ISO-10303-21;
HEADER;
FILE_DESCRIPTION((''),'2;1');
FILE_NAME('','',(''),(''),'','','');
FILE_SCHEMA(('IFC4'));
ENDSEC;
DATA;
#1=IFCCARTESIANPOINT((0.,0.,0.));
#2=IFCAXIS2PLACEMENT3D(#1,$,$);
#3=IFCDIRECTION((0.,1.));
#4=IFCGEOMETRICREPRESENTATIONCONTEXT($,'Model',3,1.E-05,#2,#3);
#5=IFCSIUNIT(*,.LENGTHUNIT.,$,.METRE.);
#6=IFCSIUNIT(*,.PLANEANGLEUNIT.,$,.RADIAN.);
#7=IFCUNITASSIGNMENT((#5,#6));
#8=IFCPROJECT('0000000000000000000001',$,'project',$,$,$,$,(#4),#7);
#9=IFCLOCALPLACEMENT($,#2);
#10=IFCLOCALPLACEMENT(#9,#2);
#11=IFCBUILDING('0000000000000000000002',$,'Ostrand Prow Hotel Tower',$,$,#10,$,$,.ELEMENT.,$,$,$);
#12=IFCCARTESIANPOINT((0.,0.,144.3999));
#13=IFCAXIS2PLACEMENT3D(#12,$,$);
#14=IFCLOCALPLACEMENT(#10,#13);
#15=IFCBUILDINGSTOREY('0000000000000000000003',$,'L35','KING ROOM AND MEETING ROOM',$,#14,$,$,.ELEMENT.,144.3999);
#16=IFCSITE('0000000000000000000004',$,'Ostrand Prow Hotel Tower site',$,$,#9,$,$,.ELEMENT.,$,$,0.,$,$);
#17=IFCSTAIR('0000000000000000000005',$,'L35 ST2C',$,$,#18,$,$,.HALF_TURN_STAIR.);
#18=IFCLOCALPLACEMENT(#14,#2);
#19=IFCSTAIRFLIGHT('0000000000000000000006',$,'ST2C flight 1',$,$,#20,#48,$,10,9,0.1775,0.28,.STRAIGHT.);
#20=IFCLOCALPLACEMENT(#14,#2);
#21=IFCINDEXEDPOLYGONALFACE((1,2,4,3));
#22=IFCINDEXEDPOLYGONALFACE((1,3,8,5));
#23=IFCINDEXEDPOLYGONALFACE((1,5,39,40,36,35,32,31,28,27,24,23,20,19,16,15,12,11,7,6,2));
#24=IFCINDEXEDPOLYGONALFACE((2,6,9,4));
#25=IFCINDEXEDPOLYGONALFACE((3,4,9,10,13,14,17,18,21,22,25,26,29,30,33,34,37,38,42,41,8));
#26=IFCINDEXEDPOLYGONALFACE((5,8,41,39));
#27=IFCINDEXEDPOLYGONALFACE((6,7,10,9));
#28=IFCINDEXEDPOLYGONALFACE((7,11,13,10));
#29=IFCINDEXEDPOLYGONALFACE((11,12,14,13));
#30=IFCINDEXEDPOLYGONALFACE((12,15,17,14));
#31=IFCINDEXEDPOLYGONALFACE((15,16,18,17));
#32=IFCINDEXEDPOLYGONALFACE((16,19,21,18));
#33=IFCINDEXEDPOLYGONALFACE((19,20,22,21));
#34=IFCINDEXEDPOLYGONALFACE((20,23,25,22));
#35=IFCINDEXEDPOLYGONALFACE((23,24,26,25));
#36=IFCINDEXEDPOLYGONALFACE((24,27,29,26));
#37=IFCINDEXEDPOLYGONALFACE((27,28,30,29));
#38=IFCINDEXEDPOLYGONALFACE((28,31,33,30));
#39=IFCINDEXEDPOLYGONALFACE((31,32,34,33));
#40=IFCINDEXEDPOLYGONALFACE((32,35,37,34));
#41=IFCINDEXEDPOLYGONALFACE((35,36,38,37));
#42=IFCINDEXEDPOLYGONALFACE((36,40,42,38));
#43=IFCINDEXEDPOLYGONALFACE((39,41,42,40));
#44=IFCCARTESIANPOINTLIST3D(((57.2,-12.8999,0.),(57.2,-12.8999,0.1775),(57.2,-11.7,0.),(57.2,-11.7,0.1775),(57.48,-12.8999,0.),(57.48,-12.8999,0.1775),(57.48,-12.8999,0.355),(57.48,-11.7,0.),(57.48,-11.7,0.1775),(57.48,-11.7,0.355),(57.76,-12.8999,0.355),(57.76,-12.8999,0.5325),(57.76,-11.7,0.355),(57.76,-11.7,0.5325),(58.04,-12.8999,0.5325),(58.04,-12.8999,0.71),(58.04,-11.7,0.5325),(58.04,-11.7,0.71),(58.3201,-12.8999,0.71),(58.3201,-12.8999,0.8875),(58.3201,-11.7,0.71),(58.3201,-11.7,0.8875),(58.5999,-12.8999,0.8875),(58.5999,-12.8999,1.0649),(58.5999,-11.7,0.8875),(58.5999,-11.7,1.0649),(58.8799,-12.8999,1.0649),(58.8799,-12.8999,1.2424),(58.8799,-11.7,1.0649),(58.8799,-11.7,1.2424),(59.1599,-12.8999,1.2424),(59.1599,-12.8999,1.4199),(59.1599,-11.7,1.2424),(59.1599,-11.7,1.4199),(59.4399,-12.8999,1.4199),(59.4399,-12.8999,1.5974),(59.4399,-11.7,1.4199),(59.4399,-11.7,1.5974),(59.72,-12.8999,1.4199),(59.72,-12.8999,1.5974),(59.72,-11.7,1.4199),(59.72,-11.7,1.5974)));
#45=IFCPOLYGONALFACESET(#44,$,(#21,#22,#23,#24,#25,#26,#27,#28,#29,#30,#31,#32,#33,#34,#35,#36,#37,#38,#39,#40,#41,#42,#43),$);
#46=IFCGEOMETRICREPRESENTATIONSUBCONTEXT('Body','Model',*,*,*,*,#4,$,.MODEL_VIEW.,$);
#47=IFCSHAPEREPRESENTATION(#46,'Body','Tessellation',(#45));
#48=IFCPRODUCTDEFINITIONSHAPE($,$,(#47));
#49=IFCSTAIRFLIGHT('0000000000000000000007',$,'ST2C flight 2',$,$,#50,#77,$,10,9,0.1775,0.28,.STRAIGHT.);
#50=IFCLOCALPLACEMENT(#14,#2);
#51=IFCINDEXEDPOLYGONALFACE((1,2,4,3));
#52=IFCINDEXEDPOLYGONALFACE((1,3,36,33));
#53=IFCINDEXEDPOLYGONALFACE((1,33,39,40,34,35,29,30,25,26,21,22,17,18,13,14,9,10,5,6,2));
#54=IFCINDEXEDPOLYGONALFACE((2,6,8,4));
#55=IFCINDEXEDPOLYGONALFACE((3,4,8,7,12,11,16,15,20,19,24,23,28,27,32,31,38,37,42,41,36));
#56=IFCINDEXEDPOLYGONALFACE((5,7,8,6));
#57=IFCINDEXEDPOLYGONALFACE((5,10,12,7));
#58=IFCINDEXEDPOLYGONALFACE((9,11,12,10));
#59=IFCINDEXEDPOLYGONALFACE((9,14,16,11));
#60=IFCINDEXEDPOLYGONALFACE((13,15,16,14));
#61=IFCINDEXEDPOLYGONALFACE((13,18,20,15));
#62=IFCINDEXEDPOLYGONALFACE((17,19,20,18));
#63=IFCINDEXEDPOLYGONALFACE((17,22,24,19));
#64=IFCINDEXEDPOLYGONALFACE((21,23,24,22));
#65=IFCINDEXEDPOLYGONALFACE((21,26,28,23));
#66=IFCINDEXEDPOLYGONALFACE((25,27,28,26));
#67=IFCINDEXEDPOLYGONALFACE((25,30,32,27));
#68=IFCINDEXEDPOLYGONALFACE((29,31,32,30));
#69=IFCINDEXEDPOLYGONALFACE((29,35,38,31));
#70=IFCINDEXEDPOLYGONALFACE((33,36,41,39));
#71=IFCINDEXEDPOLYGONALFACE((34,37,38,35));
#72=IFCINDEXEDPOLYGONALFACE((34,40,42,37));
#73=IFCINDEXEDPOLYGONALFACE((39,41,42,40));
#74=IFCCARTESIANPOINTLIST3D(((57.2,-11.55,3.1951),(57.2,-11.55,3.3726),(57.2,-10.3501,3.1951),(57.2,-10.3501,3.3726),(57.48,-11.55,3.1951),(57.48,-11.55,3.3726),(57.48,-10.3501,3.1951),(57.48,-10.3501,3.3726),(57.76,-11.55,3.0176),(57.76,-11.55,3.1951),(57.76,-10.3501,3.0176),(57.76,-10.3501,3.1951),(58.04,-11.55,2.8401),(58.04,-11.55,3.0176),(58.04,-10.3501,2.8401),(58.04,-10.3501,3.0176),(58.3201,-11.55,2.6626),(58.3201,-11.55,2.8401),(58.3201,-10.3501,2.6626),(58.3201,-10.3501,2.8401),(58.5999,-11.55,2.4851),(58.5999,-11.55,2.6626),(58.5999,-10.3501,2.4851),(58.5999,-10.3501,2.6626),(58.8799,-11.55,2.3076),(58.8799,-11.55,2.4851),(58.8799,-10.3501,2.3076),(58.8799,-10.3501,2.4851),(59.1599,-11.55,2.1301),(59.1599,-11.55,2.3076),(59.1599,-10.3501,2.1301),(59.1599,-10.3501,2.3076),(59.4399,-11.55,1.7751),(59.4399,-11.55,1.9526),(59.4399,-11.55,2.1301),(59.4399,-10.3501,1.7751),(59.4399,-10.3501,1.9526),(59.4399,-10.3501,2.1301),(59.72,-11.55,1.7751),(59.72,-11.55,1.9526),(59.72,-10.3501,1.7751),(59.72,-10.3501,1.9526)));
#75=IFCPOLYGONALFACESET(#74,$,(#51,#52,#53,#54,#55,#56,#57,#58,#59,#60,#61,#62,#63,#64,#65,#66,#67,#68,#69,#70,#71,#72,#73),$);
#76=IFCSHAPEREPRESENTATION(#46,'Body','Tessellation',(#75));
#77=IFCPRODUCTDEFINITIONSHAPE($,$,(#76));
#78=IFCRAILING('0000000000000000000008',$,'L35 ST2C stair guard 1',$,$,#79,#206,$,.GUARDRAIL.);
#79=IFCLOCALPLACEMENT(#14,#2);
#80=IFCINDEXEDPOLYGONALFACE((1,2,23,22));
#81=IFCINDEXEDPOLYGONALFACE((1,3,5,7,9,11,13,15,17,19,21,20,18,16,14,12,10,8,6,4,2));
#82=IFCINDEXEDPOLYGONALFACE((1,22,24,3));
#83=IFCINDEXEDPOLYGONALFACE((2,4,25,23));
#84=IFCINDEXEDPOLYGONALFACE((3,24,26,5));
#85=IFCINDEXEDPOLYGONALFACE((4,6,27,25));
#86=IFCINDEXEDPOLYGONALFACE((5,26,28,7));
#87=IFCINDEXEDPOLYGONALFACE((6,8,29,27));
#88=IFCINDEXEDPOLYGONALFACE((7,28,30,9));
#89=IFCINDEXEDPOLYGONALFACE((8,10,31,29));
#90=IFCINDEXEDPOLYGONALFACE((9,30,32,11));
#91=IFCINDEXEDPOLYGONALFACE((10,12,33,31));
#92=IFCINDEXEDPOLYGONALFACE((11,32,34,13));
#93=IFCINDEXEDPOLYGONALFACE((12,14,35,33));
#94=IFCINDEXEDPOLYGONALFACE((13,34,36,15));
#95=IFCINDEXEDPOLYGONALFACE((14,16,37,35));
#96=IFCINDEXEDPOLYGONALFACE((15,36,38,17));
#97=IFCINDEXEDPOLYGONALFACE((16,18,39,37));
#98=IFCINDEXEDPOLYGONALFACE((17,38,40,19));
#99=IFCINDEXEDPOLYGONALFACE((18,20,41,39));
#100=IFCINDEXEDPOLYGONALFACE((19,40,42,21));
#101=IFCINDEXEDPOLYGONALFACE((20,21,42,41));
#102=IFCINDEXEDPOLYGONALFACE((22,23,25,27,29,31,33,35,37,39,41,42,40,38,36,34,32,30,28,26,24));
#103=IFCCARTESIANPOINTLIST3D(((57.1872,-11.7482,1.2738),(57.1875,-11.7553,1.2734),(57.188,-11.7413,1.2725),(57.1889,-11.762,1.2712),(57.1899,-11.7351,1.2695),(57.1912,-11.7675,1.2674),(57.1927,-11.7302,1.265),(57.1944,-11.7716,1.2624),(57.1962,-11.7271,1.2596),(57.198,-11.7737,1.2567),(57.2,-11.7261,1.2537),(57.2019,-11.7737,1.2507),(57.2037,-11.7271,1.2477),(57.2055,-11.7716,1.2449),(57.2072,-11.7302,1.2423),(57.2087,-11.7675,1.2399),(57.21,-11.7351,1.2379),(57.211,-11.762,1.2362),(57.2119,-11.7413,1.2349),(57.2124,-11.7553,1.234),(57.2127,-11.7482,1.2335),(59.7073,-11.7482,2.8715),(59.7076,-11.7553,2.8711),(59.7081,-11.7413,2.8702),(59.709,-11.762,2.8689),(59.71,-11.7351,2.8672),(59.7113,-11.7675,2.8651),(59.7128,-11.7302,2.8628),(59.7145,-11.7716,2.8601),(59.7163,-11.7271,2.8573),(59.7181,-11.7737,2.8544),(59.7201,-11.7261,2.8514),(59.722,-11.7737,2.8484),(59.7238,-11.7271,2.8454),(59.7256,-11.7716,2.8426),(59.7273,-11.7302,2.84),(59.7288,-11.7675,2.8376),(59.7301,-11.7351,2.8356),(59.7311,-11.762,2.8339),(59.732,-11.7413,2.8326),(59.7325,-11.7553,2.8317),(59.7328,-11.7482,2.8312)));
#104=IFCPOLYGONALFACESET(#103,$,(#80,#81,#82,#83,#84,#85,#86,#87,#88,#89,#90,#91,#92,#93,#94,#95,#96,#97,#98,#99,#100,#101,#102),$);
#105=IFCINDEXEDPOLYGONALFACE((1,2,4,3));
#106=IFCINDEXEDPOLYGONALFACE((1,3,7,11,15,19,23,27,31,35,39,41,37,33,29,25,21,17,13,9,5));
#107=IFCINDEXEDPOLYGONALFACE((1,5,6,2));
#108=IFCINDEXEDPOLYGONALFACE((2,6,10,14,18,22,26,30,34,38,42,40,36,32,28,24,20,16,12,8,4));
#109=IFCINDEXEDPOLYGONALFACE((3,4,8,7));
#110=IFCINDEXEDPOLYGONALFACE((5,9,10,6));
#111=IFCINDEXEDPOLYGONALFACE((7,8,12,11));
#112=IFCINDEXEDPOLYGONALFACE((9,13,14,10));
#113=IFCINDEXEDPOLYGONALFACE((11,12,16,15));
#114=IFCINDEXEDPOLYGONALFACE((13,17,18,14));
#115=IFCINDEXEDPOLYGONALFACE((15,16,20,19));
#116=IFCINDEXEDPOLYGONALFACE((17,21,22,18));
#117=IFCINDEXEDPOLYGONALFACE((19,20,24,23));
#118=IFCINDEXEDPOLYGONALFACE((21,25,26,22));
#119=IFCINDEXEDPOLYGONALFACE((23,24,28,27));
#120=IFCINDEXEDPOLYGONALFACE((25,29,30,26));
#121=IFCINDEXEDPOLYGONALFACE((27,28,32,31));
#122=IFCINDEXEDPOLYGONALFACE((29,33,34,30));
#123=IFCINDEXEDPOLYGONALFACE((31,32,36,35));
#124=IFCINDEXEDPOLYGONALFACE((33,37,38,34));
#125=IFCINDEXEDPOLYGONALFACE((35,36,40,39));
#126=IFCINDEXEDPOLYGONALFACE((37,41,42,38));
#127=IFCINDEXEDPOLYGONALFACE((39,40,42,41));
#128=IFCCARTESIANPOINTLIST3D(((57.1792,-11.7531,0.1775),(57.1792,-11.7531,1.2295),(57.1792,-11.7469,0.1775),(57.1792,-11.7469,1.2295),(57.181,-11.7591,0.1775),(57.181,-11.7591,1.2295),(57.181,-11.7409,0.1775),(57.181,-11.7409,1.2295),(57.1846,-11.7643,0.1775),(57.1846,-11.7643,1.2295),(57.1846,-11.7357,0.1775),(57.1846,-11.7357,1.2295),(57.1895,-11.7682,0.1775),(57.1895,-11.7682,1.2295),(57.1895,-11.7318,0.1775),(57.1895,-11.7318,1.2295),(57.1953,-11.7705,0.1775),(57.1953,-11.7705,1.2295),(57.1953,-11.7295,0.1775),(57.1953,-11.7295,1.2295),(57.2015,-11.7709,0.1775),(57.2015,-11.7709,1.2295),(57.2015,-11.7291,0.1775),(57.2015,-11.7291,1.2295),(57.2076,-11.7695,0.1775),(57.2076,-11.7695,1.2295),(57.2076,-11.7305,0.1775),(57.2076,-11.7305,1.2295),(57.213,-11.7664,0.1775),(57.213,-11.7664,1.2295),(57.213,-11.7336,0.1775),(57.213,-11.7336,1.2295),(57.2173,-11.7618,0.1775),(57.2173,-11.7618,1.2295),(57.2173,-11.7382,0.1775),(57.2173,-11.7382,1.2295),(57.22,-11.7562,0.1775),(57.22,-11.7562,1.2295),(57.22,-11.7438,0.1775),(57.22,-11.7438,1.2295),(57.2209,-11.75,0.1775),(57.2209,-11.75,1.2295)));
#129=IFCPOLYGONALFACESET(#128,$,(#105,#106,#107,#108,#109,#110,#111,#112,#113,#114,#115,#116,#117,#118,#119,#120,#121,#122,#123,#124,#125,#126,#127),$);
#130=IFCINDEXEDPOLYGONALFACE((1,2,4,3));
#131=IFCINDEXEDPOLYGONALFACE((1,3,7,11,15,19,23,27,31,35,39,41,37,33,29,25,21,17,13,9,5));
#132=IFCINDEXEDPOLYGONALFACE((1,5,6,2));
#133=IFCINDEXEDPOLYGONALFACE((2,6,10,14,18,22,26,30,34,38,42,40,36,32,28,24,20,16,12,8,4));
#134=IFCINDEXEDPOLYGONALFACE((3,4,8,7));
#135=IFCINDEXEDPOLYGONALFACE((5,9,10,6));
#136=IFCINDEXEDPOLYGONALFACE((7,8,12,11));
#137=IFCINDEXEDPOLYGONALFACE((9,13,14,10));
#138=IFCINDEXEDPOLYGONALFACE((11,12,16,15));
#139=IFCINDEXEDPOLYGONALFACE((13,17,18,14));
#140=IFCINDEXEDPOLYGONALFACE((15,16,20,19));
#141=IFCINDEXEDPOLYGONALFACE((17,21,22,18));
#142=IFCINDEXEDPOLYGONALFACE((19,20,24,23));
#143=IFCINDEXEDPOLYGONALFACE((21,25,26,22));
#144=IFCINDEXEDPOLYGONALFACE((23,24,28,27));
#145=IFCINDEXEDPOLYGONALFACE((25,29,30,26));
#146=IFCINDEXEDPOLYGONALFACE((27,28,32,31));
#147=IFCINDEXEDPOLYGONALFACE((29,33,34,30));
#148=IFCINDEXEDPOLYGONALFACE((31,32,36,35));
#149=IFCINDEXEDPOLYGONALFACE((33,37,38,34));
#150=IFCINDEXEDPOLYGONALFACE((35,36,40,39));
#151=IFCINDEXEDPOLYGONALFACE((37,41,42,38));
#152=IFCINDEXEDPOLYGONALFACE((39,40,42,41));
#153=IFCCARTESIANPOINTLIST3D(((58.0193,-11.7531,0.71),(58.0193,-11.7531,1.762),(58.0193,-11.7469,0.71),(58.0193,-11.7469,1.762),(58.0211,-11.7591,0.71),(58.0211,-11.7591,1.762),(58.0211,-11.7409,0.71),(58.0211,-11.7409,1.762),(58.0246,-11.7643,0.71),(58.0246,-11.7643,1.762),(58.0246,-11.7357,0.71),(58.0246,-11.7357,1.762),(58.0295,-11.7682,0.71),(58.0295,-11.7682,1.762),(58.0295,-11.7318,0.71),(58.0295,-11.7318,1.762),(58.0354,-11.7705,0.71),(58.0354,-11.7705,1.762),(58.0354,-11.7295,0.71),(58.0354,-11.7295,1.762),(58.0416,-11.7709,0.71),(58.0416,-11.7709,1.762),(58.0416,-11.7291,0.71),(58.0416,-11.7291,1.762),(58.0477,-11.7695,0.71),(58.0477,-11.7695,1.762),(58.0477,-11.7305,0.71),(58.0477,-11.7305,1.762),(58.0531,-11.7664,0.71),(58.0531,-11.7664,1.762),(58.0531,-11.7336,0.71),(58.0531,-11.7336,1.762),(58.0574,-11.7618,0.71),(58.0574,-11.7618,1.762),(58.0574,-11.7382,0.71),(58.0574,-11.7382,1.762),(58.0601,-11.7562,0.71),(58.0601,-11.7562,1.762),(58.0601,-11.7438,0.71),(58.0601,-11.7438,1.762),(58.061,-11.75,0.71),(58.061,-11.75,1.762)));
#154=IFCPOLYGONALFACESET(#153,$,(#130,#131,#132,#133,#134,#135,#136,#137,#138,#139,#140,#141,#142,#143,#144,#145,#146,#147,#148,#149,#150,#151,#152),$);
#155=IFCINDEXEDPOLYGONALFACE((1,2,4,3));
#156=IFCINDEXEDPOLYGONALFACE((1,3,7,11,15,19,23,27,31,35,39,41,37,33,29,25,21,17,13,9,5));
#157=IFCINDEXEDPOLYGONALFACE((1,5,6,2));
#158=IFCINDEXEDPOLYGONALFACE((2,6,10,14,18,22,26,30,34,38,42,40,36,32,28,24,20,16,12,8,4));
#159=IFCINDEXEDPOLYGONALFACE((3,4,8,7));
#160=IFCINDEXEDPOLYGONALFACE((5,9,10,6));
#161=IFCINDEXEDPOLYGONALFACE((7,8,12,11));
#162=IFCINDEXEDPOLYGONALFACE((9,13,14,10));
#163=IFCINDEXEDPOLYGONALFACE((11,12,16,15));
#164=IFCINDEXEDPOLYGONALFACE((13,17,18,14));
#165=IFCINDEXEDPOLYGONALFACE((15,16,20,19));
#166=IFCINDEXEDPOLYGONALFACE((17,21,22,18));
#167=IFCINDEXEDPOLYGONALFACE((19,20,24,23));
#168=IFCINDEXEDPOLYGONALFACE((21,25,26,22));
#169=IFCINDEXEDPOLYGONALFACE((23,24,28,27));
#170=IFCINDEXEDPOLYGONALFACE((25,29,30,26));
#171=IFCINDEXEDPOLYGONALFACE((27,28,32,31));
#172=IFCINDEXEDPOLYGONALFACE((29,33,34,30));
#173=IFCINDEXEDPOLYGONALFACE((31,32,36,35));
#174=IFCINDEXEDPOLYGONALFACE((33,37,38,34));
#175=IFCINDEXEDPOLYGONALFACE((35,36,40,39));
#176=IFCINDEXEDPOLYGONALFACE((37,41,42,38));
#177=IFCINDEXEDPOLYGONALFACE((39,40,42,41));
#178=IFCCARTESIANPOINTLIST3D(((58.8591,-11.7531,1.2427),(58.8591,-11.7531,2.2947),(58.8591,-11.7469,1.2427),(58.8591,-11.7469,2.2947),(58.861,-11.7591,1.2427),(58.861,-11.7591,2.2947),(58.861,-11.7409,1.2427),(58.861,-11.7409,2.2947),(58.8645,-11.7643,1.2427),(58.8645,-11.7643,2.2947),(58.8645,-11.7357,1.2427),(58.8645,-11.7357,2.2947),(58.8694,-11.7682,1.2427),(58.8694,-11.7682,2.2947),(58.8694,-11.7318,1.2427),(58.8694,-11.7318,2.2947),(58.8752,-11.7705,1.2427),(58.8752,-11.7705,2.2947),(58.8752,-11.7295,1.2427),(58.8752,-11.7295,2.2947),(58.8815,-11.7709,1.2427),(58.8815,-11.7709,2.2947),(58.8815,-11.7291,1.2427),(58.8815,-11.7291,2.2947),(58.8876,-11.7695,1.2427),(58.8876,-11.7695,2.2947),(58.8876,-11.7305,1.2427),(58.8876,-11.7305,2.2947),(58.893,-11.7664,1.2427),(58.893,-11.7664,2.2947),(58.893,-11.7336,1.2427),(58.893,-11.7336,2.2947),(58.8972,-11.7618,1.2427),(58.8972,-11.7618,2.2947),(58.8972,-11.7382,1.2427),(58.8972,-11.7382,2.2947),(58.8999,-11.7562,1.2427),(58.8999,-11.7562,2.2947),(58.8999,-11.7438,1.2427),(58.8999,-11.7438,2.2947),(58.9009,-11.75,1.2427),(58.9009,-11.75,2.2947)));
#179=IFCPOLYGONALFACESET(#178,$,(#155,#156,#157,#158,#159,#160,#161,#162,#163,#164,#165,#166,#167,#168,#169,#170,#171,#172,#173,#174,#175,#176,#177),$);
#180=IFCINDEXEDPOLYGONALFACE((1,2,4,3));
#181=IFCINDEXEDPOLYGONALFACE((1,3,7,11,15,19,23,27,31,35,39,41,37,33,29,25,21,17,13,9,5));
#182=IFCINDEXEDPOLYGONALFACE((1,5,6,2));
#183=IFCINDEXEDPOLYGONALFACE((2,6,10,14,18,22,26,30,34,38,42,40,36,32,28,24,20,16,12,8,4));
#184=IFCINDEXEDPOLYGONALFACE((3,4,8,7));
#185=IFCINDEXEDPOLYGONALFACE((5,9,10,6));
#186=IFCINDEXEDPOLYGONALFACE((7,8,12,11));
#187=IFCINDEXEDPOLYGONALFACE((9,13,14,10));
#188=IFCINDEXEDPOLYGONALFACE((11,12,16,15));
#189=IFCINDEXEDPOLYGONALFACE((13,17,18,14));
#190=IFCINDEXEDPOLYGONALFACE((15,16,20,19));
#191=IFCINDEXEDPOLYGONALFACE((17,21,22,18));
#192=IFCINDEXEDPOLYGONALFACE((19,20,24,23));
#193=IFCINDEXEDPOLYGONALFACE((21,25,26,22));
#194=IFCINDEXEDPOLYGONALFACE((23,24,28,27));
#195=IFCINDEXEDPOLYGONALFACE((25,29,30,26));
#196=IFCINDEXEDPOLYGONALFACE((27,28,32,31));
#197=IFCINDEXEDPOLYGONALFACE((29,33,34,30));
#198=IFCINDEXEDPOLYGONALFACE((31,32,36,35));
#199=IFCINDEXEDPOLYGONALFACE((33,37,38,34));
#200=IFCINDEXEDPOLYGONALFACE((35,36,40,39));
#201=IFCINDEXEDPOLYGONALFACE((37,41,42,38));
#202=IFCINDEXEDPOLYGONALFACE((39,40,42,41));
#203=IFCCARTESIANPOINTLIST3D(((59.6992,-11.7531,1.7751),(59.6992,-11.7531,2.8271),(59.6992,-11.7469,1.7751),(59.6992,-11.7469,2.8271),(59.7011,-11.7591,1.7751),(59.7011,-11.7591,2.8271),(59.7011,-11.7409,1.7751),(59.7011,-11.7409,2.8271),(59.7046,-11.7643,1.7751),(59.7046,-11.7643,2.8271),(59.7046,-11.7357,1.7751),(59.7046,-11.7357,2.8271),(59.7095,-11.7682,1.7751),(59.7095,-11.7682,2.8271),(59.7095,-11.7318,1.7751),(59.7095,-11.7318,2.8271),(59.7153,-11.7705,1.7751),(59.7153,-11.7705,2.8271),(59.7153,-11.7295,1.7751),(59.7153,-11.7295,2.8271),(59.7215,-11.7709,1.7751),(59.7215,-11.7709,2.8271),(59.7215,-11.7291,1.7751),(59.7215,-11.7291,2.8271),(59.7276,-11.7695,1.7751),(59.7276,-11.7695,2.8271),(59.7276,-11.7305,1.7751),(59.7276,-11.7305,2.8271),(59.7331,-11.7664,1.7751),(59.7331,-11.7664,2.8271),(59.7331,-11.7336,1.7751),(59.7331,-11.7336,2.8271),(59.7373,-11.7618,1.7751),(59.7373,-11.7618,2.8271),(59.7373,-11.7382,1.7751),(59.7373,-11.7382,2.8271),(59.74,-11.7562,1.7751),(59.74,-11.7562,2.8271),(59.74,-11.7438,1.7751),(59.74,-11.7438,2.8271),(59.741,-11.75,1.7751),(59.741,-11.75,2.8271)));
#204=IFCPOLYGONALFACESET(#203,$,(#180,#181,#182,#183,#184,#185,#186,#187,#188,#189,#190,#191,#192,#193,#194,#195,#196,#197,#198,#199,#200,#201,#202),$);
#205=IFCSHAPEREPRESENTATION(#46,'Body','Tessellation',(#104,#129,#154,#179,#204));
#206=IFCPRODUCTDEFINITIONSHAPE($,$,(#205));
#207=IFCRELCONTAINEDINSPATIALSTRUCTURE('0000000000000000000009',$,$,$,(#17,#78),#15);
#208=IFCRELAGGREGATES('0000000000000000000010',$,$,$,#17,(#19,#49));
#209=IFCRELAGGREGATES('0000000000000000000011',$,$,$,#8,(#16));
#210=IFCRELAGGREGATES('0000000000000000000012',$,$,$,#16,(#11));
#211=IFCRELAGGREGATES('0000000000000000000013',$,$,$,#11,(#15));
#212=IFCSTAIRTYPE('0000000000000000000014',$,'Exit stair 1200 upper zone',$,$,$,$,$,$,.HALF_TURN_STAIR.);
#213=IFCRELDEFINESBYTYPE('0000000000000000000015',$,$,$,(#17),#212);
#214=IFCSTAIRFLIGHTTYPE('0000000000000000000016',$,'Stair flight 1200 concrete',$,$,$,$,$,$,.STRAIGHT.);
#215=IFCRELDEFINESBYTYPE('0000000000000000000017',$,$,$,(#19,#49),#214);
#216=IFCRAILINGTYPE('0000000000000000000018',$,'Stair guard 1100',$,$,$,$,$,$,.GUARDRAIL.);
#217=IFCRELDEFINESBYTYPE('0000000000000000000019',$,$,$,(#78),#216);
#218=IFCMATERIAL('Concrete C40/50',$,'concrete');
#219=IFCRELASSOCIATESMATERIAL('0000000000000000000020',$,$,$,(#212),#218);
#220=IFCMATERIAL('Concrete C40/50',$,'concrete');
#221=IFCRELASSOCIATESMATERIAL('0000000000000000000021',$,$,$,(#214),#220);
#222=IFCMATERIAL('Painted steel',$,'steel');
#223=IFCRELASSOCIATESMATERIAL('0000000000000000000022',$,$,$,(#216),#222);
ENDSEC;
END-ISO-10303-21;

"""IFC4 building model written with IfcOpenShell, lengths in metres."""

from ifc_helpers import new_model, si_unit, direction, frame, origin, origin_2d, place, context, subcontext, project, spatial, polyline, circle, outline, extrude, material, type_object, element, aggregate, save


model = new_model("IFC4")

# Units and contexts
model_context = context("Model", 3, precision=1e-05, world=origin(), true_north=direction((0.0, 1.0)))
body_context = subcontext(model_context, "Body", "Model", "MODEL_VIEW")
ifc_project = project(units=[si_unit("LENGTHUNIT", "METRE"), si_unit("PLANEANGLEUNIT", "RADIAN")], contexts=[model_context])

# Site, building, storey
site_placement = place(None, origin())
site = spatial("IfcSite", under=ifc_project, at=site_placement, Name="Ostrand Prow Hotel Tower site", CompositionType="ELEMENT", RefElevation=0.0)
building_placement = place(site_placement, origin())
building = spatial("IfcBuilding", under=site, at=building_placement, Name="Ostrand Prow Hotel Tower", CompositionType="ELEMENT")
storey_placement = place(building_placement, frame((0.0, 0.0, 144.3999)))
storey = spatial("IfcBuildingStorey", under=building, at=storey_placement, Name="L35", Description="KING ROOM AND MEETING ROOM", CompositionType="ELEMENT", Elevation=144.3999)

# Stair, stair flights
ifc_material_1 = material(Name="Concrete C40/50", Category="concrete")
stair_type = type_object("IfcStairType", Name="Exit stair 1200 upper zone", PredefinedType="HALF_TURN_STAIR", material=ifc_material_1)
stair_placement = place(storey_placement, origin())
stair = element("IfcStair", 1, at=stair_placement, inside=storey, type_object=stair_type, Name="L35 ST2C", PredefinedType="HALF_TURN_STAIR")
ifc_material_2 = material(Name="Concrete C40/50", Category="concrete")
stair_flight_type = type_object("IfcStairFlightType", Name="Stair flight 1200 concrete", PredefinedType="STRAIGHT", material=ifc_material_2)
stair_flight_1_placement = place(storey_placement, frame((57.2, -12.3, 0.0), z_axis=(0.0, 0.0, 1.0), x_axis=(1.0, 0.0, 0.0)))
stair_flight_1 = element("IfcStairFlight", 2, at=stair_flight_1_placement, type_object=stair_flight_type, Name="ST2C flight 1", NumberOfRisers=10, NumberOfTreads=9, PredefinedType="STRAIGHT", RiserHeight=0.1775, TreadLength=0.28, context=body_context, shape_type="SweptSolid", body=[
    extrude(outline(polyline([(0.0, 0.0), (0.0, 0.1775), (0.28, 0.1775), (0.28, 0.355), (0.5601, 0.355), (0.5601, 0.5325), (0.8401, 0.5325), (0.8401, 0.71), (1.1201, 0.71), (1.1201, 0.8875), (1.3999, 0.8875), (1.3999, 1.0649), (1.6799, 1.0649), (1.6799, 1.2424), (1.96, 1.2424), (1.96, 1.4199), (2.24, 1.4199), (2.24, 1.5974), (2.52, 1.5974), (2.52, 1.7749), (2.52, 1.4199), (0.28, 0.0), (0.0, 0.0)])), frame((0.0, 0.6001, 0.0), z_axis=(0.0, -1.0, 0.0), x_axis=(1.0, 0.0, 0.0)), (0.0, 0.0, 1.0), 1.2),
])
stair_flight_2_placement = place(storey_placement, frame((59.72, -10.95, 1.7751), z_axis=(0.0, 0.0, 1.0), x_axis=(-1.0, 0.0, 0.0)))
stair_flight_2 = element("IfcStairFlight", 3, at=stair_flight_2_placement, type_object=stair_flight_type, Name="ST2C flight 2", NumberOfRisers=10, NumberOfTreads=9, PredefinedType="STRAIGHT", RiserHeight=0.1775, TreadLength=0.28, context=body_context, shape_type="SweptSolid", body=[
    extrude(outline(polyline([(0.0, 0.0), (0.0, 0.1775), (0.28, 0.1775), (0.28, 0.355), (0.5601, 0.355), (0.5601, 0.5325), (0.8401, 0.5325), (0.8401, 0.71), (1.1201, 0.71), (1.1201, 0.8875), (1.3999, 0.8875), (1.3999, 1.0649), (1.6799, 1.0649), (1.6799, 1.2424), (1.96, 1.2424), (1.96, 1.4199), (2.24, 1.4199), (2.24, 1.5974), (2.52, 1.5974), (2.52, 1.7749), (2.52, 1.4199), (0.28, 0.0), (0.0, 0.0)])), frame((0.0, 0.6001, 0.0), z_axis=(0.0, -1.0, 0.0), x_axis=(1.0, 0.0, 0.0)), (0.0, 0.0, 1.0), 1.2),
])
aggregate(stair, [stair_flight_1, stair_flight_2])

# Railing
ifc_material_3 = material(Name="Painted steel", Category="steel")
railing_type_1 = type_object("IfcRailingType", Name="Stair guard 1100", PredefinedType="GUARDRAIL", material=ifc_material_3)
railing_1_placement = place(storey_placement, frame((57.2, -11.75, 0.1775)))
element("IfcRailing", 4, at=railing_1_placement, inside=storey, type_object=railing_type_1, Name="L35 ST2C stair guard 1", PredefinedType="GUARDRAIL", context=body_context, shape_type="SweptSolid", body=[
    extrude(circle(Radius=0.0239, at=origin_2d()), frame((0.0, 0.0, 1.0762), z_axis=(0.84457, 0.0, 0.535445), x_axis=(0.0, 1.0, 0.0)), (0.0, 0.0, 1.0), 2.9839),
    extrude(circle(Radius=0.021, at=origin_2d()), origin(), (0.0, 0.0, 1.0), 1.052),
    extrude(circle(Radius=0.021, at=origin_2d()), frame((0.8401, 0.0, 0.5325)), (0.0, 0.0, 1.0), 1.052),
    extrude(circle(Radius=0.021, at=origin_2d()), frame((1.6799, 0.0, 1.0652)), (0.0, 0.0, 1.0), 1.052),
    extrude(circle(Radius=0.021, at=origin_2d()), frame((2.52, 0.0, 1.5977)), (0.0, 0.0, 1.0), 1.052),
])

save(model, "model.ifc")
